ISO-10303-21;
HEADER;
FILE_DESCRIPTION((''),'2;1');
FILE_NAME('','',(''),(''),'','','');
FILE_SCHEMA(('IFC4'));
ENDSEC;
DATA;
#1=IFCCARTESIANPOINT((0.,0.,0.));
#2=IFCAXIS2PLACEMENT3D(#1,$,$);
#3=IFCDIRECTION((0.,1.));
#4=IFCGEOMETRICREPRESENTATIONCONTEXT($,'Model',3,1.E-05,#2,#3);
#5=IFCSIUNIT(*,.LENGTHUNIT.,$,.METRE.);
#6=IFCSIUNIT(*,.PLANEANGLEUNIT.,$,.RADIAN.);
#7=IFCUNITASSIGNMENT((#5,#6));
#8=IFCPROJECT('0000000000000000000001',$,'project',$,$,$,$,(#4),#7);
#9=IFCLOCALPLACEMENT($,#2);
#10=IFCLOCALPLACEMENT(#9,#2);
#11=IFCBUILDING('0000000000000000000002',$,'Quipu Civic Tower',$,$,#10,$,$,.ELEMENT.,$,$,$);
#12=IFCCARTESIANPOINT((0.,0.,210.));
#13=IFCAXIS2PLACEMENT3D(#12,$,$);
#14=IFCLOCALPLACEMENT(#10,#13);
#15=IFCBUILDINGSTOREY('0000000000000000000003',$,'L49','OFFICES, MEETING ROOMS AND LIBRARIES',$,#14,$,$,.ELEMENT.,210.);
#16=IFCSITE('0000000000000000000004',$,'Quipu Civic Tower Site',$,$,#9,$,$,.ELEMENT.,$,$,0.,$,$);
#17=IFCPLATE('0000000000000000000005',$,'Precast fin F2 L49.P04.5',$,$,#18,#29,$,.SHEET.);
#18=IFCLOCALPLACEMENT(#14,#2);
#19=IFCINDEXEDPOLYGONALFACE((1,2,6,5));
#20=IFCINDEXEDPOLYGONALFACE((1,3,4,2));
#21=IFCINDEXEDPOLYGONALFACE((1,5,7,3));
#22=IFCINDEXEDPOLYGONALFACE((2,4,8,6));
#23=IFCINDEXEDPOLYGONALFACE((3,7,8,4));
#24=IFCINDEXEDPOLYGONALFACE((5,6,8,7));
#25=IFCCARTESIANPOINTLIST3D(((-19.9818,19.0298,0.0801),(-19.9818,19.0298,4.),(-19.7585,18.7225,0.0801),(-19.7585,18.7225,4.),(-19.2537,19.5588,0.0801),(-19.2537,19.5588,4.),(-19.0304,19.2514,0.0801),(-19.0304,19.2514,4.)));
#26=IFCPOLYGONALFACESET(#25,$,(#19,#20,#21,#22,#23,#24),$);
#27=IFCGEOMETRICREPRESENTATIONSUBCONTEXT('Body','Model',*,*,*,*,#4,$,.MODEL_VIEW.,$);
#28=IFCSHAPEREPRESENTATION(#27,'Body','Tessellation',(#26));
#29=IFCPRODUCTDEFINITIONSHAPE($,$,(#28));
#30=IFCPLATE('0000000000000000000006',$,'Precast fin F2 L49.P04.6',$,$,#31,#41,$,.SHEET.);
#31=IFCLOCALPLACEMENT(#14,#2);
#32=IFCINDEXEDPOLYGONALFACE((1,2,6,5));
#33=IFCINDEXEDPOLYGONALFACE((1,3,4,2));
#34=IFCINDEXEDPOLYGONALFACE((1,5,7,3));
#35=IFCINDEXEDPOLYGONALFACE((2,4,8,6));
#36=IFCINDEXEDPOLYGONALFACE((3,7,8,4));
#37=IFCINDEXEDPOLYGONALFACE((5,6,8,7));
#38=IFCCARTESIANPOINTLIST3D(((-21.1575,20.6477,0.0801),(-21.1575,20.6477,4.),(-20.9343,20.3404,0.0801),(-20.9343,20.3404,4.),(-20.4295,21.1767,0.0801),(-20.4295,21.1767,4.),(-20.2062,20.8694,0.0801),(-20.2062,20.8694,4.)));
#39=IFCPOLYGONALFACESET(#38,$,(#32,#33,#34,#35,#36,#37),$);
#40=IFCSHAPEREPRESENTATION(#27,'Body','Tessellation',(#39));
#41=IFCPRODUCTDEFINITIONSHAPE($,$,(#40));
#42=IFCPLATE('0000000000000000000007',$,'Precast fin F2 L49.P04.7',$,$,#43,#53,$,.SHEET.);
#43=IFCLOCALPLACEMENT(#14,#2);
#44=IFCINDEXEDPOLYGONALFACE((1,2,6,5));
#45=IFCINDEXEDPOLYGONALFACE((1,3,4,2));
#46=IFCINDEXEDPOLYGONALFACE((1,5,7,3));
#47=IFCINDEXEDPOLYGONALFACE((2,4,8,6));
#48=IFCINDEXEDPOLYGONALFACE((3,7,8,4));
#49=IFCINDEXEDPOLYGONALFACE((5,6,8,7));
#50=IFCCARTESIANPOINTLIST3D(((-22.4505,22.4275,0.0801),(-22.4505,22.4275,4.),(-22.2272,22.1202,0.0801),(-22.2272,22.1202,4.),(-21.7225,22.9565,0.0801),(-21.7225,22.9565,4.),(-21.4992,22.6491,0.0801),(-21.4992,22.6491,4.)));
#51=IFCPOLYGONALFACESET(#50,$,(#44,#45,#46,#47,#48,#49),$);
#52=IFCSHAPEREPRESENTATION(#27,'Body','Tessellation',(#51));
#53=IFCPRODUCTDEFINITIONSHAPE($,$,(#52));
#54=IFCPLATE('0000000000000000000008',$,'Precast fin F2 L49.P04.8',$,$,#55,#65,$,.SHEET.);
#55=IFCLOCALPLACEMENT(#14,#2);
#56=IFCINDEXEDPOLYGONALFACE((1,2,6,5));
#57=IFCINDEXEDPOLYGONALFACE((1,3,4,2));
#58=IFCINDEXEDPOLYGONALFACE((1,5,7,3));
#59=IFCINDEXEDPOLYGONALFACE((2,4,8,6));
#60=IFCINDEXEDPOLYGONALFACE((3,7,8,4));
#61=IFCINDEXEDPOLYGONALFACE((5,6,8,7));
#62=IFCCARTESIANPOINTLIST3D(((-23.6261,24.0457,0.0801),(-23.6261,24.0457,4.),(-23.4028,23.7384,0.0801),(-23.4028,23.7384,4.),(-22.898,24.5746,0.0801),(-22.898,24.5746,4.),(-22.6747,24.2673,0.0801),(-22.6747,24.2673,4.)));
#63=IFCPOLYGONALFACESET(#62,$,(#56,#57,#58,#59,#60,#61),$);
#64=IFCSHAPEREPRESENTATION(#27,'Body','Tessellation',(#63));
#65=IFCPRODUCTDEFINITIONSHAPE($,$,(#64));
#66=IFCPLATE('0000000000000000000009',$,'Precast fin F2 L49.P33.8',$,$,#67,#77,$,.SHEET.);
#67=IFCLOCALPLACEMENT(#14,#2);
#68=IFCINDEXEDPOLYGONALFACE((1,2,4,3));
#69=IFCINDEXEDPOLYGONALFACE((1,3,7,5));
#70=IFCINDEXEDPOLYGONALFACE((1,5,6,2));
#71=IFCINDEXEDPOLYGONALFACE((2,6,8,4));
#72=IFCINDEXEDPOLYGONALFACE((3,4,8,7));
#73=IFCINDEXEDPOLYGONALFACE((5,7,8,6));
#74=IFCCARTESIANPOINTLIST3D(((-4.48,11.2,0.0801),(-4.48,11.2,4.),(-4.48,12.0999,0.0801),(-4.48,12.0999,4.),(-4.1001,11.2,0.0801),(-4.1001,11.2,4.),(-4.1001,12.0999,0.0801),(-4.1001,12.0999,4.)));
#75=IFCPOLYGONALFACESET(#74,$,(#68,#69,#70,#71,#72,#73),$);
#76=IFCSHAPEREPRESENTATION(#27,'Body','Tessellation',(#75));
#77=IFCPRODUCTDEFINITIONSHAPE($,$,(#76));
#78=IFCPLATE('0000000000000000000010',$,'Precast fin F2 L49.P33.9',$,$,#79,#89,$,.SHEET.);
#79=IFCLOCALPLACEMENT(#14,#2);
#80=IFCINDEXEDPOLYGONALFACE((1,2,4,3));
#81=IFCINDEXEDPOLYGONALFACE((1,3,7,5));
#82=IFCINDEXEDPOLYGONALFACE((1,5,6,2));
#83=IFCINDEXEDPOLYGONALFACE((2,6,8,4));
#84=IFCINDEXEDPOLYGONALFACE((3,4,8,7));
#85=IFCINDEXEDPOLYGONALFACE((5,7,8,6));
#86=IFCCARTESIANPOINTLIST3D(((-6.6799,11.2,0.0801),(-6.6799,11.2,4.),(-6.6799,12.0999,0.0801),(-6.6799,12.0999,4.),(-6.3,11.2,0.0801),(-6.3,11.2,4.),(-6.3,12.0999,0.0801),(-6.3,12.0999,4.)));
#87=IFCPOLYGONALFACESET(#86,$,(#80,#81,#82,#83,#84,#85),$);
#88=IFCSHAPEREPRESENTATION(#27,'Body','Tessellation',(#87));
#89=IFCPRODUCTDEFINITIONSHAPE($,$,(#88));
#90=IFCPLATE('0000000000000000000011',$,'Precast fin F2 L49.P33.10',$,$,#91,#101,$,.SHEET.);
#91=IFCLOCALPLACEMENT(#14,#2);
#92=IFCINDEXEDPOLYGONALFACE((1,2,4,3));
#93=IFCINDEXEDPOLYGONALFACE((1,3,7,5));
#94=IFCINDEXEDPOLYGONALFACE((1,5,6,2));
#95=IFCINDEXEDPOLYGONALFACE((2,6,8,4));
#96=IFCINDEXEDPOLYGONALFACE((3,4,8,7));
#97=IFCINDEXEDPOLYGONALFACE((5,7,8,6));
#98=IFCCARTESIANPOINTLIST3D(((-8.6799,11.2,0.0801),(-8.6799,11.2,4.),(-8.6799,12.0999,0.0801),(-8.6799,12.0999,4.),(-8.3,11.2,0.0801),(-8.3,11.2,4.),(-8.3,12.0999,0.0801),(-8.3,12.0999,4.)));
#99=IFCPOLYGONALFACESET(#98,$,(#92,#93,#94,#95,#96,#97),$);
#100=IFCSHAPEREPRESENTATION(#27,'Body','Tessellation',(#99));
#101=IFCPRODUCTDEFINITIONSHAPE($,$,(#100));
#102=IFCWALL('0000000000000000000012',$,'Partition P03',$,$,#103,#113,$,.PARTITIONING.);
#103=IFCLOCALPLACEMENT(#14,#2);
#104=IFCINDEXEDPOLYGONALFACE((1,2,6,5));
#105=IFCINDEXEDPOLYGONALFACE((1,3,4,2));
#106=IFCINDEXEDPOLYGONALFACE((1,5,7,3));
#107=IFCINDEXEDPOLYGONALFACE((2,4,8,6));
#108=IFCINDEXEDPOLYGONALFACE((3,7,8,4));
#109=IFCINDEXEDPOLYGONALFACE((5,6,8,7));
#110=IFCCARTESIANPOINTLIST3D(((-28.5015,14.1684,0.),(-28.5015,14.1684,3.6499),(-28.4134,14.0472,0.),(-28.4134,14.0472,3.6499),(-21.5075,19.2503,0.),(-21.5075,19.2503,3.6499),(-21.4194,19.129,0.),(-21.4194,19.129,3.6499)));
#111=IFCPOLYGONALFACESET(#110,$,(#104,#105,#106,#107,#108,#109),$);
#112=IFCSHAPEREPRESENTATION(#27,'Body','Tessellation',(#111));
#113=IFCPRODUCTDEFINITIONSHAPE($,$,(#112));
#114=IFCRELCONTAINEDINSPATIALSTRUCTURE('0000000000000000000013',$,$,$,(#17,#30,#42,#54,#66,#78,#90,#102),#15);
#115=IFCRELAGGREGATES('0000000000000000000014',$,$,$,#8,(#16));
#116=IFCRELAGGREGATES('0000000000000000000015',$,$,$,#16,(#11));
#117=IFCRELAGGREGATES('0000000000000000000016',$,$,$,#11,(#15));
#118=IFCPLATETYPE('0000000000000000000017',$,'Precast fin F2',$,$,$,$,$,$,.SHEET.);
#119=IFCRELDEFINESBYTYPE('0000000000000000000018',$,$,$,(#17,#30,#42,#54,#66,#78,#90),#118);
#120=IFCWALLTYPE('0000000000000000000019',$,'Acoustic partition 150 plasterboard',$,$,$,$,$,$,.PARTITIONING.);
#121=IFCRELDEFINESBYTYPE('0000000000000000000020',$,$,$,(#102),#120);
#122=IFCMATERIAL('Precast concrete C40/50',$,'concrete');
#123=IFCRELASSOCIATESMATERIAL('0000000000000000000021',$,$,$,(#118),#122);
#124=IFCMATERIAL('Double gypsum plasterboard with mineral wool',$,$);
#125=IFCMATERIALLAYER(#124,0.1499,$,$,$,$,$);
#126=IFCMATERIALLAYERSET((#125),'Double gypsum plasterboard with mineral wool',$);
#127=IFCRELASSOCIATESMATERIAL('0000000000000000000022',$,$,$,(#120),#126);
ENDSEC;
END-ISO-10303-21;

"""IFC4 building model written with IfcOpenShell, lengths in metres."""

from ifc_helpers import new_model, si_unit, direction, frame, frame_2d, origin, origin_2d, place, context, subcontext, project, spatial, rectangle, extrude, material, layer, layer_set, type_object, element, save


model = new_model("IFC4")

# Units and contexts
model_context = context("Model", 3, precision=1e-05, world=origin(), true_north=direction((0.0, 1.0)))
body_context = subcontext(model_context, "Body", "Model", "MODEL_VIEW")
ifc_project = project(units=[si_unit("LENGTHUNIT", "METRE"), si_unit("PLANEANGLEUNIT", "RADIAN")], contexts=[model_context])

# Site, building, storey
site_placement = place(None, origin())
site = spatial("IfcSite", under=ifc_project, at=site_placement, Name="Quipu Civic Tower Site", CompositionType="ELEMENT", RefElevation=0.0)
building_placement = place(site_placement, origin())
building = spatial("IfcBuilding", under=site, at=building_placement, Name="Quipu Civic Tower", CompositionType="ELEMENT")
storey_placement = place(building_placement, frame((0.0, 0.0, 210.0)))
storey = spatial("IfcBuildingStorey", under=building, at=storey_placement, Name="L49", Description="OFFICES, MEETING ROOMS AND LIBRARIES", CompositionType="ELEMENT", Elevation=210.0)

# Plates
ifc_material_1 = material(Name="Precast concrete C40/50", Category="concrete")
plate_type_1 = type_object("IfcPlateType", Name="Precast fin F2", PredefinedType="SHEET", material=ifc_material_1)
for number, where, z_axis, x_axis, name in (
    (1, (-19.5061, 19.1406, 0.0801), (0.0, 0.0, 1.0), (-0.587787, 0.809016, 0.0), "Precast fin F2 L49.P04.5"),
    (2, (-20.6819, 20.7585, 0.0801), (0.0, 0.0, 1.0), (-0.587787, 0.809016, 0.0), "Precast fin F2 L49.P04.6"),
    (3, (-21.9749, 22.5383, 0.0801), (0.0, 0.0, 1.0), (-0.587787, 0.809016, 0.0), "Precast fin F2 L49.P04.7"),
    (4, (-23.1504, 24.1565, 0.0801), (0.0, 0.0, 1.0), (-0.587787, 0.809016, 0.0), "Precast fin F2 L49.P04.8"),
    (5, (-4.29, 11.6499, 0.0801), (0.0, 0.0, 1.0), (-1.0, 0.0, 0.0), "Precast fin F2 L49.P33.8"),
    (6, (-6.49, 11.6499, 0.0801), (0.0, 0.0, 1.0), (-1.0, 0.0, 0.0), "Precast fin F2 L49.P33.9"),
    (7, (-8.49, 11.6499, 0.0801), (0.0, 0.0, 1.0), (-1.0, 0.0, 0.0), "Precast fin F2 L49.P33.10"),
):
    element("IfcPlate", number, at=place(storey_placement, frame(where, z_axis=z_axis, x_axis=x_axis)), inside=storey, type_object=plate_type_1, Name=name, PredefinedType="SHEET", context=body_context, shape_type="SweptSolid", body=[
        extrude(rectangle(XDim=0.3799, YDim=0.8999, at=origin_2d()), origin(), (0.0, 0.0, 1.0), 3.9199),
    ])

# Wall
ifc_material_2 = material(Name="Double gypsum plasterboard with mineral wool")
ifc_layer_1 = layer(ifc_material_2, 0.1499)
ifc_layer_set_1 = layer_set([ifc_layer_1], Name="Double gypsum plasterboard with mineral wool")
wall_type = type_object("IfcWallType", Name="Acoustic partition 150 plasterboard", PredefinedType="PARTITIONING", material=ifc_layer_set_1)
wall_placement = place(storey_placement, frame((-21.4634, 19.1897, 0.0), z_axis=(0.0, 0.0, 1.0), x_axis=(-0.808994, -0.587817, 0.0)))
element("IfcWall", 8, at=wall_placement, inside=storey, type_object=wall_type, Name="Partition P03", PredefinedType="PARTITIONING", context=body_context, shape_type="SweptSolid", body=[
    extrude(rectangle(XDim=8.6453, YDim=0.1499, at=frame_2d((4.3228, 0.0))), origin(), (0.0, 0.0, 1.0), 3.6499),
])

save(model, "model.ifc")
